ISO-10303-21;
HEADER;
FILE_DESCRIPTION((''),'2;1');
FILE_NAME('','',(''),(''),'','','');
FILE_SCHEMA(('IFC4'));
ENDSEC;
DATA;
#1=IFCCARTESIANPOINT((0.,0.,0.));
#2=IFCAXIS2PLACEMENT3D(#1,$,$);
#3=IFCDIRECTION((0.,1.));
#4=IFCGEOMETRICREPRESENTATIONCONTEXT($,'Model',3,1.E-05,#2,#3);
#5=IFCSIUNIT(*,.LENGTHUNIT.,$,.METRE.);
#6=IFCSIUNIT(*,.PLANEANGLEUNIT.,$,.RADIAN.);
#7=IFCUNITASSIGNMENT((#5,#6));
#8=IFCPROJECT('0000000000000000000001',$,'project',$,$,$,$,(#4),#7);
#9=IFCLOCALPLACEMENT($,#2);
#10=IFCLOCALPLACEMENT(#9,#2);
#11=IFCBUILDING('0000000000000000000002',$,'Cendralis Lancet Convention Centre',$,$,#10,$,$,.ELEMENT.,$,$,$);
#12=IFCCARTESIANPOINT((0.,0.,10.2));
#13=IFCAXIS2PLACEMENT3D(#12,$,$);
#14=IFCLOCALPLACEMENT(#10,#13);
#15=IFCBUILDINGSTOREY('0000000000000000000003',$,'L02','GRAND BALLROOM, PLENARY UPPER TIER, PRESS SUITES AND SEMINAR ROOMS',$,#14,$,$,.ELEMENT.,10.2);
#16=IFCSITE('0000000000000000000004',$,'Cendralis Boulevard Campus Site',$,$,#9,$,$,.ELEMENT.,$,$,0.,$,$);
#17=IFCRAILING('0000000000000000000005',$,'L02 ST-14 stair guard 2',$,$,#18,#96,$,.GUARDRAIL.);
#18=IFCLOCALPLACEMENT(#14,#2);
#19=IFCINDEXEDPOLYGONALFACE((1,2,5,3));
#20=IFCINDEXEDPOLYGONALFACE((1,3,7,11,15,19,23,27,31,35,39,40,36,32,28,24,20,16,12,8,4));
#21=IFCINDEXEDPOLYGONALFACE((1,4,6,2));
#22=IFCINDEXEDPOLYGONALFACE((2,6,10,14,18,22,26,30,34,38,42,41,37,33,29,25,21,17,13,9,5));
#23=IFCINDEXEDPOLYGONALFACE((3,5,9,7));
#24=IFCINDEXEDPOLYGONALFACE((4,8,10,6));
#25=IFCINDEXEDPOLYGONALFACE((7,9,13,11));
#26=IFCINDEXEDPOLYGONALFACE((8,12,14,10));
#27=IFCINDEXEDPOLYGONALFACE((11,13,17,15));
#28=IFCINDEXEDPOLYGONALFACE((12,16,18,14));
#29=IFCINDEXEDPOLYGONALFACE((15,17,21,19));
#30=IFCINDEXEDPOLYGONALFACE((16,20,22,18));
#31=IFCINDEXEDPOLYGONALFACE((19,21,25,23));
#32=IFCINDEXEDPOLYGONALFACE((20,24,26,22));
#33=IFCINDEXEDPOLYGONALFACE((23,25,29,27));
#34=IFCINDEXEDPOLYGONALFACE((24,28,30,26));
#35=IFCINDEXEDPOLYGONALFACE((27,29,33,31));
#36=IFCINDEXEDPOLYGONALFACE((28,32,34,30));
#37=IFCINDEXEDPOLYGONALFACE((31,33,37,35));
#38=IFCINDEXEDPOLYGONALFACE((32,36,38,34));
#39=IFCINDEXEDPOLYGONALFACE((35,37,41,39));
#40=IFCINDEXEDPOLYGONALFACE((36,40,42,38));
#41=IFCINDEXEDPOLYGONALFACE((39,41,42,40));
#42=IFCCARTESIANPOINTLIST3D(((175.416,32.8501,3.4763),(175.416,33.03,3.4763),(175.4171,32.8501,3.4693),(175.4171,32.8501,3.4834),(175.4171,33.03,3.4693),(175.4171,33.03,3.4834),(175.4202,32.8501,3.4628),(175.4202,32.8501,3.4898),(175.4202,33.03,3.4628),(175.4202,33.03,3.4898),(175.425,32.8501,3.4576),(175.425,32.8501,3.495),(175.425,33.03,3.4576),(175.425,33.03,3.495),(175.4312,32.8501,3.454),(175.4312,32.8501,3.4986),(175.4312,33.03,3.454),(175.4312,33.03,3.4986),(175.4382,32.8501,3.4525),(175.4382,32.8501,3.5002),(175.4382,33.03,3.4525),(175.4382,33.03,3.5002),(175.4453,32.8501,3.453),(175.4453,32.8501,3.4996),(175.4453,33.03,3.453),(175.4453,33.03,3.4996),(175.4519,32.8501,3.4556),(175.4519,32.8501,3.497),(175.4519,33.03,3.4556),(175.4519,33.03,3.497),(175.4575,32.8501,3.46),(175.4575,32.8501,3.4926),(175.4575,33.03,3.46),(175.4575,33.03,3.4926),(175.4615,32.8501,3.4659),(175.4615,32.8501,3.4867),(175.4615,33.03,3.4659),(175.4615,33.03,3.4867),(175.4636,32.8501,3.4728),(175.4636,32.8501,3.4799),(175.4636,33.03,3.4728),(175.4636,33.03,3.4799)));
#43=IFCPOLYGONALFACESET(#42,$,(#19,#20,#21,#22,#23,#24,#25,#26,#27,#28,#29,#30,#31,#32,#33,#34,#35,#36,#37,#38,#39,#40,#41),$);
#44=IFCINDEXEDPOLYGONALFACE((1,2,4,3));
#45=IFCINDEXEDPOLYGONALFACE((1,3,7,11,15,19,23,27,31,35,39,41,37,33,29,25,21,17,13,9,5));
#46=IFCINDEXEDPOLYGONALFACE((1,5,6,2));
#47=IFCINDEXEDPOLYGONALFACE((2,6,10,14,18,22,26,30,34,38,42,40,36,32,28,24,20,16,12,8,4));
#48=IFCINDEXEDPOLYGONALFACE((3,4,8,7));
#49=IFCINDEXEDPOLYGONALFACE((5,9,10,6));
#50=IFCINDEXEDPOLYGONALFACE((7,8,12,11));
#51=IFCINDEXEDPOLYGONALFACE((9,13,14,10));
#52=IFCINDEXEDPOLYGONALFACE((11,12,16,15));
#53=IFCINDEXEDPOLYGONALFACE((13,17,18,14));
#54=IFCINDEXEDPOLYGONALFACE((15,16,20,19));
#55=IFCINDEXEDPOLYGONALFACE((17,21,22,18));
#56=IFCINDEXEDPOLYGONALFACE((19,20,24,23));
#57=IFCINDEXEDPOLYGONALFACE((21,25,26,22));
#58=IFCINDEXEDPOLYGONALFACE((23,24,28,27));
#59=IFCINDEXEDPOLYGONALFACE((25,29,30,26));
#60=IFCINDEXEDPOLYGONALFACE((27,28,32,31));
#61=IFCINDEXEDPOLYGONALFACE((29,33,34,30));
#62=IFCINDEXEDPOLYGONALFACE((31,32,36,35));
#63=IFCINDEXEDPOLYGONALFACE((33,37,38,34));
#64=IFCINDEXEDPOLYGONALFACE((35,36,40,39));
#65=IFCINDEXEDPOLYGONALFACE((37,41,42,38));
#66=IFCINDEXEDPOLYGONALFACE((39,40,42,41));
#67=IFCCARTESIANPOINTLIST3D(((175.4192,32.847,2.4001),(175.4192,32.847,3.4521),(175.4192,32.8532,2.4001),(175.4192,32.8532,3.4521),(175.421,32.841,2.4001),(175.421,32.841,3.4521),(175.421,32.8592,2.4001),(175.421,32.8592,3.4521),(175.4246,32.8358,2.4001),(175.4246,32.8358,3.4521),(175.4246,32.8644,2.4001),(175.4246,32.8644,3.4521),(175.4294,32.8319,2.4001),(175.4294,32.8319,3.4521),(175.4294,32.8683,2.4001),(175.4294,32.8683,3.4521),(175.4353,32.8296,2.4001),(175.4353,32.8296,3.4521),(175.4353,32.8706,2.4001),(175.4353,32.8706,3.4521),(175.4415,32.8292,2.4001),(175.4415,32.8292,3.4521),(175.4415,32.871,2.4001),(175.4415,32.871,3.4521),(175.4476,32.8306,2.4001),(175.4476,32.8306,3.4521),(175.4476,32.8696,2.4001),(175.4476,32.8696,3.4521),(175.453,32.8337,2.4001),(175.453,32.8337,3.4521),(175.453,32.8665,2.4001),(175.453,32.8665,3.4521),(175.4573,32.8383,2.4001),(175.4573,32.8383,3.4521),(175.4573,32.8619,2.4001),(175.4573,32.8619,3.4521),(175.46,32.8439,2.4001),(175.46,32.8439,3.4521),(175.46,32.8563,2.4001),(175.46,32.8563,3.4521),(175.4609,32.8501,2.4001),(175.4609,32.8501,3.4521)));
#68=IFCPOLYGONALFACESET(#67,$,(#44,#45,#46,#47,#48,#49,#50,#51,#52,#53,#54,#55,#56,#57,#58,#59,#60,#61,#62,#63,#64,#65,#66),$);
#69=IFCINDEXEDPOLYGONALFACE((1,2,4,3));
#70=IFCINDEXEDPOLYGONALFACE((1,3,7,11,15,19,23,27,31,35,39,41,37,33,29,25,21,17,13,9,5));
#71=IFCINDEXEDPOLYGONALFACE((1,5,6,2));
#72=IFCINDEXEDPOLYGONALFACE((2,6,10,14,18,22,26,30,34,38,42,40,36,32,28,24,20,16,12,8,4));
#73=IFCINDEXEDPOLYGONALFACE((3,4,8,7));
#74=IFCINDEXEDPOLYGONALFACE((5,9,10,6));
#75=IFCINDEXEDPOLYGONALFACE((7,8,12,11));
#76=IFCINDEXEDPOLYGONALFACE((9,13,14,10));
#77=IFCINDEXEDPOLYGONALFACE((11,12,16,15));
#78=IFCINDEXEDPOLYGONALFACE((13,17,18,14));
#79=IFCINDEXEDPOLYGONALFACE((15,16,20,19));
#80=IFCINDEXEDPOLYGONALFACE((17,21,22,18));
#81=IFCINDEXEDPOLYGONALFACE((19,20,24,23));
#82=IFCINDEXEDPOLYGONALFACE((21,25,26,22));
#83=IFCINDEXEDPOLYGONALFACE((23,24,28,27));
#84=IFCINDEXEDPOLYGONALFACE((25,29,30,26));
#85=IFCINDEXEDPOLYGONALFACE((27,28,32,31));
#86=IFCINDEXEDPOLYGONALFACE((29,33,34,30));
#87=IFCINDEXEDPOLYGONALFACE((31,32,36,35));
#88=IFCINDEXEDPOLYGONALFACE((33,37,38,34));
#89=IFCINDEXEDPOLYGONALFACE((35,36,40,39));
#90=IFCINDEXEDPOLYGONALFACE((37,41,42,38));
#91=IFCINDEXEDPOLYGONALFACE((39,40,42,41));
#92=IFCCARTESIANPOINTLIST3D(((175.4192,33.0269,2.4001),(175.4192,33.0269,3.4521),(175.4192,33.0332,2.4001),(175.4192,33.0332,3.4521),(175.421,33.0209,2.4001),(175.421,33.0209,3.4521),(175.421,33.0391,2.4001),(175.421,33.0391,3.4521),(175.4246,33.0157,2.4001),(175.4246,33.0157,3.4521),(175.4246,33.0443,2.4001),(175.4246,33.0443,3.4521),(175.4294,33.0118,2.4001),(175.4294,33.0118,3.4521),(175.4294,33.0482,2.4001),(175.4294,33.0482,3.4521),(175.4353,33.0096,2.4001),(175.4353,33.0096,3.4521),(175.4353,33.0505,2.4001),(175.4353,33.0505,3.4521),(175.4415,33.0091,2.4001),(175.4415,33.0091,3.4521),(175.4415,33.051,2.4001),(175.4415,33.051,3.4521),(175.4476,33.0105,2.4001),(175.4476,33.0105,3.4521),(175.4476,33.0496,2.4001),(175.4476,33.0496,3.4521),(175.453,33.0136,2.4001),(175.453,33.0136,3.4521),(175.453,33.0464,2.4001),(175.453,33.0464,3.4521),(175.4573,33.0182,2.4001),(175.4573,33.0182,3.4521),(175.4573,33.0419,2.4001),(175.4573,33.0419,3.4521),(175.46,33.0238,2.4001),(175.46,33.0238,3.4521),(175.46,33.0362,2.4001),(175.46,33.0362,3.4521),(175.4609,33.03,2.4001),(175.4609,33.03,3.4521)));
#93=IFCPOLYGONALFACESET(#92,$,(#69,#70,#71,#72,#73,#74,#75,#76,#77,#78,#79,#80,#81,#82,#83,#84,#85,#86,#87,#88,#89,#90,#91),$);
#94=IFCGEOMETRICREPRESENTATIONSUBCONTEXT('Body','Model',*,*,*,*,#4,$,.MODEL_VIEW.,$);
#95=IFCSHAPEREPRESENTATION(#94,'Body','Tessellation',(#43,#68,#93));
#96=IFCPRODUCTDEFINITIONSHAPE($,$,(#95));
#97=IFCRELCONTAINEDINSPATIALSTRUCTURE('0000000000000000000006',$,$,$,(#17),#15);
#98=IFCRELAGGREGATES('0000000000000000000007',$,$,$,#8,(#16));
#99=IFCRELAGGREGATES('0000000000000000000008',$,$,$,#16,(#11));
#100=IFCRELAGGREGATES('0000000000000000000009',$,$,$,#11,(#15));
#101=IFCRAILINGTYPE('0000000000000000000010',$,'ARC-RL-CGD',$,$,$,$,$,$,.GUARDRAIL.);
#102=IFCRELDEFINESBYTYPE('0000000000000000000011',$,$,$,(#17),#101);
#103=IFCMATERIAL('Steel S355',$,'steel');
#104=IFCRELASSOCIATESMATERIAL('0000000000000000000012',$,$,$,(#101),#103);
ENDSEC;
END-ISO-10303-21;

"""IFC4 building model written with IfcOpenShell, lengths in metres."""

from ifc_helpers import new_model, si_unit, direction, frame, origin, origin_2d, place, context, subcontext, project, spatial, circle, extrude, material, type_object, element, save


model = new_model("IFC4")

# Units and contexts
model_context = context("Model", 3, precision=1e-05, world=origin(), true_north=direction((0.0, 1.0)))
body_context = subcontext(model_context, "Body", "Model", "MODEL_VIEW")
ifc_project = project(units=[si_unit("LENGTHUNIT", "METRE"), si_unit("PLANEANGLEUNIT", "RADIAN")], contexts=[model_context])

# Site, building, storey
site_placement = place(None, origin())
site = spatial("IfcSite", under=ifc_project, at=site_placement, Name="Cendralis Boulevard Campus Site", CompositionType="ELEMENT", RefElevation=0.0)
building_placement = place(site_placement, origin())
building = spatial("IfcBuilding", under=site, at=building_placement, Name="Cendralis Lancet Convention Centre", CompositionType="ELEMENT")
storey_placement = place(building_placement, frame((0.0, 0.0, 10.2)))
storey = spatial("IfcBuildingStorey", under=building, at=storey_placement, Name="L02", Description="GRAND BALLROOM, PLENARY UPPER TIER, PRESS SUITES AND SEMINAR ROOMS", CompositionType="ELEMENT", Elevation=10.2)

# Shared definitions
ifc_material_1 = material(Name="Steel S355", Category="steel")

# Railing
railing_type_1 = type_object("IfcRailingType", Name="ARC-RL-CGD", PredefinedType="GUARDRAIL", material=ifc_material_1)
railing_1_placement = place(storey_placement, frame((175.4399, 32.8501, 2.4001)))
element("IfcRailing", 1, at=railing_1_placement, inside=storey, type_object=railing_type_1, Name="L02 ST-14 stair guard 2", PredefinedType="GUARDRAIL", context=body_context, shape_type="SweptSolid", body=[
    extrude(circle(Radius=0.0239, at=origin_2d()), frame((0.0, 0.0, 1.0762), z_axis=(0.0, 1.0, 0.0), x_axis=(-1.0, 0.0, 0.0)), (0.0, 0.0, 1.0), 0.1799),
    extrude(circle(Radius=0.021, at=origin_2d()), origin(), (0.0, 0.0, 1.0), 1.052),
    extrude(circle(Radius=0.021, at=origin_2d()), frame((0.0, 0.1799, 0.0)), (0.0, 0.0, 1.0), 1.052),
])

save(model, "model.ifc")
